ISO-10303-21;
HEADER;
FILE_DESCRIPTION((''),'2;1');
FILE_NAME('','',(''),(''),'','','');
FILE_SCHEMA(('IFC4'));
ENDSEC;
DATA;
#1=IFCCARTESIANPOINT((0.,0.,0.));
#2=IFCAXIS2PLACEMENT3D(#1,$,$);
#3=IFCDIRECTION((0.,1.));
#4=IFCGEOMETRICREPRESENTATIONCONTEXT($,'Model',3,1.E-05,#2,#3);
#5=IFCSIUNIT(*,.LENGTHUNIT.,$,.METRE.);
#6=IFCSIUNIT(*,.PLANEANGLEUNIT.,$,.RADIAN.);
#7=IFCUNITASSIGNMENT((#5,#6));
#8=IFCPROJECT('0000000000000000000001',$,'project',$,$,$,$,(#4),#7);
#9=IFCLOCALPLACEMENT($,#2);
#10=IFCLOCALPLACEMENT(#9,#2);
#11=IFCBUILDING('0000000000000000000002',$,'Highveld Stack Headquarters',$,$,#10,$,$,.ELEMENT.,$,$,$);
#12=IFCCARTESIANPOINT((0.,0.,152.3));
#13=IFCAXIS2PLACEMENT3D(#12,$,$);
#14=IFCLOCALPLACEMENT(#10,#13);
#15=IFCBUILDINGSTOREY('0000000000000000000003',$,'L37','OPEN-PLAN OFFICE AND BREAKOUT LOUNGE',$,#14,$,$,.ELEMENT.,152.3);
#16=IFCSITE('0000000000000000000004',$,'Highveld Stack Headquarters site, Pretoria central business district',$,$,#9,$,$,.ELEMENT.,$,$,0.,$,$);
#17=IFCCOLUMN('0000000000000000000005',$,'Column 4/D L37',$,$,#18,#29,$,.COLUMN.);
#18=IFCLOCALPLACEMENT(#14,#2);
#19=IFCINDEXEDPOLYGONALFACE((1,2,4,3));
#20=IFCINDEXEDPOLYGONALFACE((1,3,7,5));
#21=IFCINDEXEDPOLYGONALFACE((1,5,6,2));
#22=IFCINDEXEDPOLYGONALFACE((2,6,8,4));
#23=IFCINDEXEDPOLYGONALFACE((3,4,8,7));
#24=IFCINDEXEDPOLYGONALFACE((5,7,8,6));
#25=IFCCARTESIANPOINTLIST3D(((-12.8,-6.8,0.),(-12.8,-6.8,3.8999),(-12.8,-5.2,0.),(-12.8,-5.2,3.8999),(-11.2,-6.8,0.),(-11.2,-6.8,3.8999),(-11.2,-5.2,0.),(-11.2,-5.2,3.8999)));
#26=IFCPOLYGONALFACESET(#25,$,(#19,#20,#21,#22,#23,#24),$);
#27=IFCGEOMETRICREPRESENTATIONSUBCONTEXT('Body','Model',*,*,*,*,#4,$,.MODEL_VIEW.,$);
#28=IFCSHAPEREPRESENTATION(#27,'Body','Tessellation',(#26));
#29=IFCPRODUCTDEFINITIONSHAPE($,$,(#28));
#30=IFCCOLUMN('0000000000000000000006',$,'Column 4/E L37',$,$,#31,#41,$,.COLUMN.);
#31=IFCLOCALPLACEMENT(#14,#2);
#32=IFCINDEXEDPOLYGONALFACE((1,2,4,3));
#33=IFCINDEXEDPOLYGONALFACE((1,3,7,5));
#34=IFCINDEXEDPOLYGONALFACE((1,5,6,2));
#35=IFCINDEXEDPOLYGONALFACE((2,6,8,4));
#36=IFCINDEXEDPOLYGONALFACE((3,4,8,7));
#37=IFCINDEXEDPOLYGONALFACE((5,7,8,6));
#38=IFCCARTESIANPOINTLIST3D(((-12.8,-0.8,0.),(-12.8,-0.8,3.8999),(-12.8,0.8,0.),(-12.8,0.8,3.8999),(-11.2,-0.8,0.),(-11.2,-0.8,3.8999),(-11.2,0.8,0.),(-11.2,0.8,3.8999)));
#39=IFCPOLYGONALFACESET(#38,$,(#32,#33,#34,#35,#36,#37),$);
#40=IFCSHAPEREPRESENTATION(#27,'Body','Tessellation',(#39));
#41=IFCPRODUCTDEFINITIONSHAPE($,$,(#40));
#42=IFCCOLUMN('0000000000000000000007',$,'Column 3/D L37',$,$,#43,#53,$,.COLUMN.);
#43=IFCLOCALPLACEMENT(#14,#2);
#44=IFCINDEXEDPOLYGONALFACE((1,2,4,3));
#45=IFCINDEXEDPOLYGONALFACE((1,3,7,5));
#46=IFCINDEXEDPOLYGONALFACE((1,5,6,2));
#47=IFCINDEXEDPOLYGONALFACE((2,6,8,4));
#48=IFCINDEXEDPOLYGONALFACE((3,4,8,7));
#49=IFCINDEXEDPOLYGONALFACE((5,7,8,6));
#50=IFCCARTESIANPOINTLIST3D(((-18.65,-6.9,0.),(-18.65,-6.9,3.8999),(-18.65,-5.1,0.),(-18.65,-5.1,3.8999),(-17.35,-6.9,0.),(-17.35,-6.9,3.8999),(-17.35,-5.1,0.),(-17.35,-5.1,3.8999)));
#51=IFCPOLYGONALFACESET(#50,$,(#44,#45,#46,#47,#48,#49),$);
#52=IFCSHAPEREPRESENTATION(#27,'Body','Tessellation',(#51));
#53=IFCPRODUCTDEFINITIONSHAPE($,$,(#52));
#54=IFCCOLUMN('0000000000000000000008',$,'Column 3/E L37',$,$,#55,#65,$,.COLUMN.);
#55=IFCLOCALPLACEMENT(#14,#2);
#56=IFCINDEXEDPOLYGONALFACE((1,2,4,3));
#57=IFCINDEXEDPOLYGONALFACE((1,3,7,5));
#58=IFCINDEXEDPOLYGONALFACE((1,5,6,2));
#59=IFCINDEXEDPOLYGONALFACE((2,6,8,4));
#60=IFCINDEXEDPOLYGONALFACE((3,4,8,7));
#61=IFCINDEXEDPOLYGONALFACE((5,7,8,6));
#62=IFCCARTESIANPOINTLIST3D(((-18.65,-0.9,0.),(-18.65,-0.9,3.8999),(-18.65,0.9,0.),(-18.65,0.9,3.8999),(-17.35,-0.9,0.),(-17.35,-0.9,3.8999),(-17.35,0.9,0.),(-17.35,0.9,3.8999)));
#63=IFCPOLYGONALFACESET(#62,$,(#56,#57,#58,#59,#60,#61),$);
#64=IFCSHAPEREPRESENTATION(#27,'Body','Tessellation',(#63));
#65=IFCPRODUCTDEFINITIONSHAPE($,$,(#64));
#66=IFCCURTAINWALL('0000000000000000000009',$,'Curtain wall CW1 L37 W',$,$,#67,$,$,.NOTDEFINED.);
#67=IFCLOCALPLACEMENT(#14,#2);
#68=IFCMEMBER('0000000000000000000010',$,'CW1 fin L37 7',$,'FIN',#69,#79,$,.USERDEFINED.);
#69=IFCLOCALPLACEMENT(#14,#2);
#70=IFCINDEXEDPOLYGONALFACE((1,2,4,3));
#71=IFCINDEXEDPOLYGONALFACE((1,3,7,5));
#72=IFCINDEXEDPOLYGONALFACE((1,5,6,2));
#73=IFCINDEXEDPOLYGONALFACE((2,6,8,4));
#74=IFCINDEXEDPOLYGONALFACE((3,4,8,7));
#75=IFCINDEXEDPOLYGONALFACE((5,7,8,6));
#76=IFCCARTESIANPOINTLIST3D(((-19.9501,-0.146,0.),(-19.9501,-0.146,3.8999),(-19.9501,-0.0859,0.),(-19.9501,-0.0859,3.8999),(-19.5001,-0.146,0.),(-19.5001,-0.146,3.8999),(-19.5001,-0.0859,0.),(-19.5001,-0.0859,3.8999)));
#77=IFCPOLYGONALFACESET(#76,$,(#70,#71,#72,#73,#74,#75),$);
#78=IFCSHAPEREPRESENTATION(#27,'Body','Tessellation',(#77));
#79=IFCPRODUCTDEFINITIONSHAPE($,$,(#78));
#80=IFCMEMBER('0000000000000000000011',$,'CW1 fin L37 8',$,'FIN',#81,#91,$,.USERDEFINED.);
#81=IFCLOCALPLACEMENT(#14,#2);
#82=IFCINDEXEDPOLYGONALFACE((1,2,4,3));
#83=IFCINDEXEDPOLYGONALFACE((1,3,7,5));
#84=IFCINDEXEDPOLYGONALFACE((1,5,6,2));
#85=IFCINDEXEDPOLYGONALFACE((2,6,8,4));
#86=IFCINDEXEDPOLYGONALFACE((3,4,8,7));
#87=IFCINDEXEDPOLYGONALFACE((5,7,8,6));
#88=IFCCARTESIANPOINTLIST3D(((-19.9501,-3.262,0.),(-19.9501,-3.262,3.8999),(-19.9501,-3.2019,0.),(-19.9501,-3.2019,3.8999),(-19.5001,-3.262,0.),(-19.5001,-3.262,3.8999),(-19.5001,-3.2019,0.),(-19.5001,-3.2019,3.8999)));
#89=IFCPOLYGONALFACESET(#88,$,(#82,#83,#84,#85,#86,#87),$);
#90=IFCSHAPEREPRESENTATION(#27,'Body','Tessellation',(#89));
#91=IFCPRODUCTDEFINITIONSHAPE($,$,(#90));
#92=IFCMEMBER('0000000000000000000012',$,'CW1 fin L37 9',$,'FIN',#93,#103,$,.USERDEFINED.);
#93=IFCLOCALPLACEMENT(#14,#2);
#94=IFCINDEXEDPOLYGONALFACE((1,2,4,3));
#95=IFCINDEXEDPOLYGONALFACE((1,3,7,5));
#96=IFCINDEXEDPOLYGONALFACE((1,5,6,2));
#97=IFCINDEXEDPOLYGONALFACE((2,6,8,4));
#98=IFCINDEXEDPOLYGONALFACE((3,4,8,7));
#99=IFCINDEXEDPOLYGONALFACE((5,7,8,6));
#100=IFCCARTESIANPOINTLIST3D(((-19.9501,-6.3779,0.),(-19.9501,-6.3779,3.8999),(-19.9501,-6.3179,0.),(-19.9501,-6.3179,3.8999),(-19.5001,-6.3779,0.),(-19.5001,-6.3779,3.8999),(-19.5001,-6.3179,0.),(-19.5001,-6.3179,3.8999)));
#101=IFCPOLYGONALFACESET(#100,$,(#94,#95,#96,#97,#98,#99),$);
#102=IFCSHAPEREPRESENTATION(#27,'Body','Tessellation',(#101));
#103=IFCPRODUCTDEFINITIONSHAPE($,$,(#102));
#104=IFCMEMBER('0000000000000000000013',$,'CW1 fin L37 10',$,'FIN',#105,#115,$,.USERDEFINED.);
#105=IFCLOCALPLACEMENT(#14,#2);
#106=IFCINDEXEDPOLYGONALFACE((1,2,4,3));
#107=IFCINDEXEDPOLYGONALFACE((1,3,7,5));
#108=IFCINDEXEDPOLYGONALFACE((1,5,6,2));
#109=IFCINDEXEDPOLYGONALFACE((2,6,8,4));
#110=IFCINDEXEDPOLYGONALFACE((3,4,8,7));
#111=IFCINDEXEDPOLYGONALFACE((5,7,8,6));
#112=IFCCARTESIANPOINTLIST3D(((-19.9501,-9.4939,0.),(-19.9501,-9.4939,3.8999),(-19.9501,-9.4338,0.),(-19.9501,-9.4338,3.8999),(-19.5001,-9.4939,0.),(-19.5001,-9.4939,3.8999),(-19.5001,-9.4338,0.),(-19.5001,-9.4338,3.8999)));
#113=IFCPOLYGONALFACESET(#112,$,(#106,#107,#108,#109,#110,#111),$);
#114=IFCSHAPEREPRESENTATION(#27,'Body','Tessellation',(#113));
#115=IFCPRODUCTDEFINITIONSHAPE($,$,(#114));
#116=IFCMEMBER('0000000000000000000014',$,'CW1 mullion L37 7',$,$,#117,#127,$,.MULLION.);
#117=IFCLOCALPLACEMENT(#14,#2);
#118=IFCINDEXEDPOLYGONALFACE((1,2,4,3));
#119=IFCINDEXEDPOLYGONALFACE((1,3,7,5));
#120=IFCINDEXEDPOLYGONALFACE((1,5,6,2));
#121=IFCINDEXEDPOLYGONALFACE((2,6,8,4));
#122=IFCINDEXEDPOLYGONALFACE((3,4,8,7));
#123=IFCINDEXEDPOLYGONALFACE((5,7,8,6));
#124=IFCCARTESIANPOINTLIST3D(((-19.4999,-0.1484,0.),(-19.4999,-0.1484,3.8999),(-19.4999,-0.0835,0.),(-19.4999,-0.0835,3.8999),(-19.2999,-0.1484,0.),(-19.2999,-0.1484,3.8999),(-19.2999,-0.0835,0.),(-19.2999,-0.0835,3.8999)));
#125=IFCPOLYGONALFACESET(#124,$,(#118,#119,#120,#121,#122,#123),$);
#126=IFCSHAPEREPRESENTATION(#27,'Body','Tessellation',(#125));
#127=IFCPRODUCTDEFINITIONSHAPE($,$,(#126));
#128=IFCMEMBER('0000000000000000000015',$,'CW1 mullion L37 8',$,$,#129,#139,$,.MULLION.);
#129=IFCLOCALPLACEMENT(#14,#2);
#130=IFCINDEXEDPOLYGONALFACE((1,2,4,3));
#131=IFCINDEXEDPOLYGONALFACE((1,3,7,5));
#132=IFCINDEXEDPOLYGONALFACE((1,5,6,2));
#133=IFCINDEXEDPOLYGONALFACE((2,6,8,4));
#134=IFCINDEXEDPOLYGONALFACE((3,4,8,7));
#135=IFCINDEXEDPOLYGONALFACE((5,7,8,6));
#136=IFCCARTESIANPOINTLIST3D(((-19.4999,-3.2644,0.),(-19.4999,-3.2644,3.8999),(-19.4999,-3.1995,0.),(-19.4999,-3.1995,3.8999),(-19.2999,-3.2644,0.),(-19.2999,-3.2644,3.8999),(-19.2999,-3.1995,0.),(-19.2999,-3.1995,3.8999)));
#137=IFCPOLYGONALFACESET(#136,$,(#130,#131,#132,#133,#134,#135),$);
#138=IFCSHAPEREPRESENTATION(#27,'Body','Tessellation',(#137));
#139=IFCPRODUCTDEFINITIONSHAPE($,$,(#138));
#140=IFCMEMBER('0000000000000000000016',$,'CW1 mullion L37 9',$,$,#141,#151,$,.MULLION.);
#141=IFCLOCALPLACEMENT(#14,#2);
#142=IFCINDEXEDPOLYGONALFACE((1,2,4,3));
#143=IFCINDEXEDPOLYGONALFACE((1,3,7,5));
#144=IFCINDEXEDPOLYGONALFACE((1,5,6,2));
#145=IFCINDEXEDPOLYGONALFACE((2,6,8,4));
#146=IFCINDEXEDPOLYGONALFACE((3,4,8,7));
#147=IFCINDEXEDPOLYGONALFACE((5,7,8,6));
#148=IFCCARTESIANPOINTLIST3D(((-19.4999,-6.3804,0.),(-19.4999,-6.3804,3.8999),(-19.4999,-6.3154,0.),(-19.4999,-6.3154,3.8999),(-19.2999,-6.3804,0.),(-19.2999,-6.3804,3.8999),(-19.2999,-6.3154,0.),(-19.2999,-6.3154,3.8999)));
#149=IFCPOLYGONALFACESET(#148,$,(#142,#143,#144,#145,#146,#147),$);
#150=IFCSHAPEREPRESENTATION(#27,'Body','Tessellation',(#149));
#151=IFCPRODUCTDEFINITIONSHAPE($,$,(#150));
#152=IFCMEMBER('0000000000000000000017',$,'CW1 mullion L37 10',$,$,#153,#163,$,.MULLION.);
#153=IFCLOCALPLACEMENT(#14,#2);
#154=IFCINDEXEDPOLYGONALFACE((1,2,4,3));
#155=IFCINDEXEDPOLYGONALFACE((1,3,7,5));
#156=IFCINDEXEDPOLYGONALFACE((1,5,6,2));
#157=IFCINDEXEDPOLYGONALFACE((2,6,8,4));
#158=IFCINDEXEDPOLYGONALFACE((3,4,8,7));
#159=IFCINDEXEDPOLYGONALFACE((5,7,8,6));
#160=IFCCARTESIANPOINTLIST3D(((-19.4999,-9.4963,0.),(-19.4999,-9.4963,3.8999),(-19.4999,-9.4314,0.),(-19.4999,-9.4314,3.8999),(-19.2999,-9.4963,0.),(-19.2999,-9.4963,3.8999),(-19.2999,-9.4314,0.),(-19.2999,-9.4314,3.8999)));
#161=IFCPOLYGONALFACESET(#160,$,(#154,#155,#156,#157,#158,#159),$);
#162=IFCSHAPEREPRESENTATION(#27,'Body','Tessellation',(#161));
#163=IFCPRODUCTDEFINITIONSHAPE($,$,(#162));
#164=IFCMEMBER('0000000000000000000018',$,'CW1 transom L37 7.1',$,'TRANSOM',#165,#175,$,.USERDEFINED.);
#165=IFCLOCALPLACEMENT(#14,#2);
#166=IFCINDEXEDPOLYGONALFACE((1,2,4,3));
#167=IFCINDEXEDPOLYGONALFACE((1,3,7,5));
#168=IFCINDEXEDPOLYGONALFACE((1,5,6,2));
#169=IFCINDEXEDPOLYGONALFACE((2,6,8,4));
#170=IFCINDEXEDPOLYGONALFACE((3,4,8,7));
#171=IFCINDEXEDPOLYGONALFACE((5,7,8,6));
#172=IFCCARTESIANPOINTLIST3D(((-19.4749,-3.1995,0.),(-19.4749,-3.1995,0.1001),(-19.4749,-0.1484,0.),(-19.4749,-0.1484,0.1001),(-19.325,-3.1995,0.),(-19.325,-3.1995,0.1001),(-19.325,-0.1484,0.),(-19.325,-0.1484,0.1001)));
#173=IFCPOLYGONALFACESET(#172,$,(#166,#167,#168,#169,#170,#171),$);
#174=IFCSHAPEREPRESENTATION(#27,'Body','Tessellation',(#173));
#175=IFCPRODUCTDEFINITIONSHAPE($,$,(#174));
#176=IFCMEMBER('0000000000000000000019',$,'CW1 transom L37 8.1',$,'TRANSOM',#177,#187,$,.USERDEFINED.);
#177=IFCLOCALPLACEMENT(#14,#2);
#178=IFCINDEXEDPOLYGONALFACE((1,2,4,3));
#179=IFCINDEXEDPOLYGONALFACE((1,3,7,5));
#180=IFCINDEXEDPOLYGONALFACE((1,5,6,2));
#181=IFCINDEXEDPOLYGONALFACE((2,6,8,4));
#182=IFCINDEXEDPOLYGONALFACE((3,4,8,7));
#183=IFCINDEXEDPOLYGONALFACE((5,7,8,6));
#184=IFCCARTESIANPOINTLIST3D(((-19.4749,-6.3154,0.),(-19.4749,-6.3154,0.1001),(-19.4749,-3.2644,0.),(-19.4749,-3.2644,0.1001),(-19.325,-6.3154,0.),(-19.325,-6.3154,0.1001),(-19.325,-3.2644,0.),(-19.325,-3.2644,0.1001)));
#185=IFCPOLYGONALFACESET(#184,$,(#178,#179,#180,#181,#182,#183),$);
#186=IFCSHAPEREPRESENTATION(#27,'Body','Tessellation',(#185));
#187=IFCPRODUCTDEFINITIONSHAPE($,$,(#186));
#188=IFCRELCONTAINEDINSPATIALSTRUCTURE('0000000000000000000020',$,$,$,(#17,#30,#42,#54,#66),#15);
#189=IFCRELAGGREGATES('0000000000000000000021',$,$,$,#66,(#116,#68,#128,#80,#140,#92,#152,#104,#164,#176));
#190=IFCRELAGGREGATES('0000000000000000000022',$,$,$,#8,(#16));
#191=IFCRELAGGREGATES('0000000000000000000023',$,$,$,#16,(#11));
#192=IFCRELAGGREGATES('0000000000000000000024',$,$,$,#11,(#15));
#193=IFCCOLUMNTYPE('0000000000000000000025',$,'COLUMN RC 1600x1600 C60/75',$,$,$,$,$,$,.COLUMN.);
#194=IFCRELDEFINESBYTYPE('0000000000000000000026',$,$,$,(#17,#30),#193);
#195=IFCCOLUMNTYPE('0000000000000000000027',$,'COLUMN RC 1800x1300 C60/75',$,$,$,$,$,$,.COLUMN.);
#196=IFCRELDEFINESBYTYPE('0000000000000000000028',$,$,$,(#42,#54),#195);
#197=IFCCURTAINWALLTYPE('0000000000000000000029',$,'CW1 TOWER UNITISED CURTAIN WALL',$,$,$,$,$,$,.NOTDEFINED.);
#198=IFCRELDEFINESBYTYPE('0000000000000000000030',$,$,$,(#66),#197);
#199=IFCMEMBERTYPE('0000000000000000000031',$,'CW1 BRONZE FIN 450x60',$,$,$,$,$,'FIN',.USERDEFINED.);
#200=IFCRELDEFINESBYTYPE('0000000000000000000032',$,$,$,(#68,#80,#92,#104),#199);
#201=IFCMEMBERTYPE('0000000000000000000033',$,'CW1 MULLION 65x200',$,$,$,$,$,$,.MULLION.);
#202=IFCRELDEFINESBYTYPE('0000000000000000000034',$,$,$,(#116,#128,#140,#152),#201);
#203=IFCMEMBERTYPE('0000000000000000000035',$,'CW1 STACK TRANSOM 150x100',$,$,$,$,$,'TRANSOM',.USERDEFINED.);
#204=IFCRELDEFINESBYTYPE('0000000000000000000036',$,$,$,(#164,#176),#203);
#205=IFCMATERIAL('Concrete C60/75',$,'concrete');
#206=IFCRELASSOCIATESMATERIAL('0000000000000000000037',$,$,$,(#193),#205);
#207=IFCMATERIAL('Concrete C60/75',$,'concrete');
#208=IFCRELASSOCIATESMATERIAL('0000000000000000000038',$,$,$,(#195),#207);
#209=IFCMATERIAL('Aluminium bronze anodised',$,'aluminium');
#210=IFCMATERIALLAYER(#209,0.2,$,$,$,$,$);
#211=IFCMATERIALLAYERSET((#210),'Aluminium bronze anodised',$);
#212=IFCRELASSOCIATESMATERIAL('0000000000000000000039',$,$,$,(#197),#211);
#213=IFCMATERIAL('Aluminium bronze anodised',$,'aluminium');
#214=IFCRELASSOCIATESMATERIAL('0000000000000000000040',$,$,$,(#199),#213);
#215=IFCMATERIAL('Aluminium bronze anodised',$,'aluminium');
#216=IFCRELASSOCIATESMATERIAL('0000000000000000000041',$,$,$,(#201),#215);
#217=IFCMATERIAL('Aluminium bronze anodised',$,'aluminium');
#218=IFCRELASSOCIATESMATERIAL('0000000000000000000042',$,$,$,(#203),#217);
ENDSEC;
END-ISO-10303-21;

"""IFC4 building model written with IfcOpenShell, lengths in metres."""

from ifc_helpers import new_model, si_unit, direction, frame, origin, origin_2d, place, context, subcontext, project, spatial, rectangle, extrude, material, layer, layer_set, material_profile, profile_set, type_object, element, aggregate, save


model = new_model("IFC4")

# Units and contexts
model_context = context("Model", 3, precision=1e-05, world=origin(), true_north=direction((0.0, 1.0)))
body_context = subcontext(model_context, "Body", "Model", "MODEL_VIEW")
ifc_project = project(units=[si_unit("LENGTHUNIT", "METRE"), si_unit("PLANEANGLEUNIT", "RADIAN")], contexts=[model_context])

# Site, building, storey
site_placement = place(None, origin())
site = spatial("IfcSite", under=ifc_project, at=site_placement, Name="Highveld Stack Headquarters site, Pretoria central business district", CompositionType="ELEMENT", RefElevation=0.0)
building_placement = place(site_placement, origin())
building = spatial("IfcBuilding", under=site, at=building_placement, Name="Highveld Stack Headquarters", CompositionType="ELEMENT")
storey_placement = place(building_placement, frame((0.0, 0.0, 152.3)))
storey = spatial("IfcBuildingStorey", under=building, at=storey_placement, Name="L37", Description="OPEN-PLAN OFFICE AND BREAKOUT LOUNGE", CompositionType="ELEMENT", Elevation=152.3)

# Columns
ifc_material_1 = material(Name="Concrete C60/75", Category="concrete")
ifc_material_profile_1 = material_profile(ifc_material_1, rectangle(XDim=1.6001, YDim=1.6001, at=origin_2d()), Name="RC 1600x1600")
ifc_profile_set_1 = profile_set([ifc_material_profile_1], Name="Concrete C60/75")
column_type_1 = type_object("IfcColumnType", Name="COLUMN RC 1600x1600 C60/75", PredefinedType="COLUMN", material=ifc_profile_set_1)
for number, where, z_axis, x_axis, name in (
    (1, (-12.0, -6.0, 0.0), (0.0, 0.0, 1.0), (1.0, 0.0, 0.0), "Column 4/D L37"),
    (2, (-12.0, 0.0, 0.0), (0.0, 0.0, 1.0), (1.0, 0.0, 0.0), "Column 4/E L37"),
):
    element("IfcColumn", number, at=place(storey_placement, frame(where, z_axis=z_axis, x_axis=x_axis)), inside=storey, type_object=column_type_1, Name=name, PredefinedType="COLUMN", context=body_context, shape_type="SweptSolid", body=[
        extrude(rectangle(XDim=1.6001, YDim=1.6001, at=origin_2d()), origin(), (0.0, 0.0, 1.0), 3.8999),
    ])
ifc_material_2 = material(Name="Concrete C60/75", Category="concrete")
ifc_material_profile_2 = material_profile(ifc_material_2, rectangle(XDim=1.8, YDim=1.3, at=origin_2d()), Name="RC 1800x1300")
ifc_profile_set_2 = profile_set([ifc_material_profile_2], Name="Concrete C60/75")
column_type_2 = type_object("IfcColumnType", Name="COLUMN RC 1800x1300 C60/75", PredefinedType="COLUMN", material=ifc_profile_set_2)
for number, where, z_axis, x_axis, name in (
    (3, (-18.0, -6.0, 0.0), (0.0, 0.0, 1.0), (0.0, 1.0, 0.0), "Column 3/D L37"),
    (4, (-18.0, 0.0, 0.0), (0.0, 0.0, 1.0), (0.0, 1.0, 0.0), "Column 3/E L37"),
):
    element("IfcColumn", number, at=place(storey_placement, frame(where, z_axis=z_axis, x_axis=x_axis)), inside=storey, type_object=column_type_2, Name=name, PredefinedType="COLUMN", context=body_context, shape_type="SweptSolid", body=[
        extrude(rectangle(XDim=1.8, YDim=1.3, at=origin_2d()), origin(), (0.0, 0.0, 1.0), 3.8999),
    ])

# Curtain wall, members
ifc_material_3 = material(Name="Aluminium bronze anodised", Category="aluminium")
ifc_layer_1 = layer(ifc_material_3, 0.2)
ifc_layer_set_1 = layer_set([ifc_layer_1], Name="Aluminium bronze anodised")
curtain_wall_type = type_object("IfcCurtainWallType", Name="CW1 TOWER UNITISED CURTAIN WALL", PredefinedType="NOTDEFINED", material=ifc_layer_set_1)
curtain_wall_placement = place(storey_placement, origin())
curtain_wall = element("IfcCurtainWall", 5, at=curtain_wall_placement, inside=storey, type_object=curtain_wall_type, Name="Curtain wall CW1 L37 W", PredefinedType="NOTDEFINED")
ifc_material_4 = material(Name="Aluminium bronze anodised", Category="aluminium")
ifc_material_profile_3 = material_profile(ifc_material_4, rectangle(XDim=0.45, YDim=0.0601, at=origin_2d()), Name="FIN 450x60")
ifc_profile_set_3 = profile_set([ifc_material_profile_3], Name="Aluminium bronze anodised")
member_type_1 = type_object("IfcMemberType", Name="CW1 BRONZE FIN 450x60", ElementType="FIN", PredefinedType="USERDEFINED", material=ifc_profile_set_3)
member_1_placement = place(storey_placement, frame((-19.7251, -0.116, 0.0), z_axis=(0.0, 0.0, 1.0), x_axis=(1.0, 0.0, 0.0)))
member_1 = element("IfcMember", 6, at=member_1_placement, type_object=member_type_1, Name="CW1 fin L37 7", ObjectType="FIN", PredefinedType="USERDEFINED", context=body_context, shape_type="SweptSolid", body=[
    extrude(rectangle(XDim=0.45, YDim=0.0601, at=origin_2d()), origin(), (0.0, 0.0, 1.0), 3.8999),
])
member_2_placement = place(storey_placement, frame((-19.7251, -3.2319, 0.0), z_axis=(0.0, 0.0, 1.0), x_axis=(1.0, 0.0, 0.0)))
member_2 = element("IfcMember", 7, at=member_2_placement, type_object=member_type_1, Name="CW1 fin L37 8", ObjectType="FIN", PredefinedType="USERDEFINED", context=body_context, shape_type="SweptSolid", body=[
    extrude(rectangle(XDim=0.45, YDim=0.0601, at=origin_2d()), origin(), (0.0, 0.0, 1.0), 3.8999),
])
member_3_placement = place(storey_placement, frame((-19.7251, -6.3479, 0.0), z_axis=(0.0, 0.0, 1.0), x_axis=(1.0, 0.0, 0.0)))
member_3 = element("IfcMember", 8, at=member_3_placement, type_object=member_type_1, Name="CW1 fin L37 9", ObjectType="FIN", PredefinedType="USERDEFINED", context=body_context, shape_type="SweptSolid", body=[
    extrude(rectangle(XDim=0.45, YDim=0.0601, at=origin_2d()), origin(), (0.0, 0.0, 1.0), 3.8999),
])
member_4_placement = place(storey_placement, frame((-19.7251, -9.4639, 0.0), z_axis=(0.0, 0.0, 1.0), x_axis=(1.0, 0.0, 0.0)))
member_4 = element("IfcMember", 9, at=member_4_placement, type_object=member_type_1, Name="CW1 fin L37 10", ObjectType="FIN", PredefinedType="USERDEFINED", context=body_context, shape_type="SweptSolid", body=[
    extrude(rectangle(XDim=0.45, YDim=0.0601, at=origin_2d()), origin(), (0.0, 0.0, 1.0), 3.8999),
])
ifc_material_5 = material(Name="Aluminium bronze anodised", Category="aluminium")
ifc_material_profile_4 = material_profile(ifc_material_5, rectangle(XDim=0.2, YDim=0.0649, at=origin_2d()), Name="CW1 MULLION 65x200")
ifc_profile_set_4 = profile_set([ifc_material_profile_4], Name="Aluminium bronze anodised")
member_type_2 = type_object("IfcMemberType", Name="CW1 MULLION 65x200", PredefinedType="MULLION", material=ifc_profile_set_4)
member_5_placement = place(storey_placement, frame((-19.3999, -0.116, 0.0), z_axis=(0.0, 0.0, 1.0), x_axis=(1.0, 0.0, 0.0)))
member_5 = element("IfcMember", 10, at=member_5_placement, type_object=member_type_2, Name="CW1 mullion L37 7", PredefinedType="MULLION", context=body_context, shape_type="SweptSolid", body=[
    extrude(rectangle(XDim=0.2, YDim=0.0649, at=origin_2d()), origin(), (0.0, 0.0, 1.0), 3.8999),
])
member_6_placement = place(storey_placement, frame((-19.3999, -3.2319, 0.0), z_axis=(0.0, 0.0, 1.0), x_axis=(1.0, 0.0, 0.0)))
member_6 = element("IfcMember", 11, at=member_6_placement, type_object=member_type_2, Name="CW1 mullion L37 8", PredefinedType="MULLION", context=body_context, shape_type="SweptSolid", body=[
    extrude(rectangle(XDim=0.2, YDim=0.0649, at=origin_2d()), origin(), (0.0, 0.0, 1.0), 3.8999),
])
member_7_placement = place(storey_placement, frame((-19.3999, -6.3479, 0.0), z_axis=(0.0, 0.0, 1.0), x_axis=(1.0, 0.0, 0.0)))
member_7 = element("IfcMember", 12, at=member_7_placement, type_object=member_type_2, Name="CW1 mullion L37 9", PredefinedType="MULLION", context=body_context, shape_type="SweptSolid", body=[
    extrude(rectangle(XDim=0.2, YDim=0.0649, at=origin_2d()), origin(), (0.0, 0.0, 1.0), 3.8999),
])
member_8_placement = place(storey_placement, frame((-19.3999, -9.4639, 0.0), z_axis=(0.0, 0.0, 1.0), x_axis=(1.0, 0.0, 0.0)))
member_8 = element("IfcMember", 13, at=member_8_placement, type_object=member_type_2, Name="CW1 mullion L37 10", PredefinedType="MULLION", context=body_context, shape_type="SweptSolid", body=[
    extrude(rectangle(XDim=0.2, YDim=0.0649, at=origin_2d()), origin(), (0.0, 0.0, 1.0), 3.8999),
])
ifc_material_6 = material(Name="Aluminium bronze anodised", Category="aluminium")
ifc_material_profile_5 = material_profile(ifc_material_6, rectangle(XDim=0.1499, YDim=0.1001, at=origin_2d()), Name="CW1 TRANSOM 150x100")
ifc_profile_set_5 = profile_set([ifc_material_profile_5], Name="Aluminium bronze anodised")
member_type_3 = type_object("IfcMemberType", Name="CW1 STACK TRANSOM 150x100", ElementType="TRANSOM", PredefinedType="USERDEFINED", material=ifc_profile_set_5)
member_9_placement = place(storey_placement, frame((-19.3999, -0.1484, 0.05), z_axis=(0.0, -1.0, 0.0), x_axis=(1.0, 0.0, 0.0)))
member_9 = element("IfcMember", 14, at=member_9_placement, type_object=member_type_3, Name="CW1 transom L37 7.1", ObjectType="TRANSOM", PredefinedType="USERDEFINED", context=body_context, shape_type="SweptSolid", body=[
    extrude(rectangle(XDim=0.1499, YDim=0.1001, at=origin_2d()), origin(), (0.0, 0.0, 1.0), 3.051),
])
member_10_placement = place(storey_placement, frame((-19.3999, -3.2644, 0.05), z_axis=(0.0, -1.0, 0.0), x_axis=(1.0, 0.0, 0.0)))
member_10 = element("IfcMember", 15, at=member_10_placement, type_object=member_type_3, Name="CW1 transom L37 8.1", ObjectType="TRANSOM", PredefinedType="USERDEFINED", context=body_context, shape_type="SweptSolid", body=[
    extrude(rectangle(XDim=0.1499, YDim=0.1001, at=origin_2d()), origin(), (0.0, 0.0, 1.0), 3.051),
])
aggregate(curtain_wall, [member_5, member_1, member_6, member_2, member_7, member_3, member_8, member_4, member_9, member_10])

save(model, "model.ifc")
